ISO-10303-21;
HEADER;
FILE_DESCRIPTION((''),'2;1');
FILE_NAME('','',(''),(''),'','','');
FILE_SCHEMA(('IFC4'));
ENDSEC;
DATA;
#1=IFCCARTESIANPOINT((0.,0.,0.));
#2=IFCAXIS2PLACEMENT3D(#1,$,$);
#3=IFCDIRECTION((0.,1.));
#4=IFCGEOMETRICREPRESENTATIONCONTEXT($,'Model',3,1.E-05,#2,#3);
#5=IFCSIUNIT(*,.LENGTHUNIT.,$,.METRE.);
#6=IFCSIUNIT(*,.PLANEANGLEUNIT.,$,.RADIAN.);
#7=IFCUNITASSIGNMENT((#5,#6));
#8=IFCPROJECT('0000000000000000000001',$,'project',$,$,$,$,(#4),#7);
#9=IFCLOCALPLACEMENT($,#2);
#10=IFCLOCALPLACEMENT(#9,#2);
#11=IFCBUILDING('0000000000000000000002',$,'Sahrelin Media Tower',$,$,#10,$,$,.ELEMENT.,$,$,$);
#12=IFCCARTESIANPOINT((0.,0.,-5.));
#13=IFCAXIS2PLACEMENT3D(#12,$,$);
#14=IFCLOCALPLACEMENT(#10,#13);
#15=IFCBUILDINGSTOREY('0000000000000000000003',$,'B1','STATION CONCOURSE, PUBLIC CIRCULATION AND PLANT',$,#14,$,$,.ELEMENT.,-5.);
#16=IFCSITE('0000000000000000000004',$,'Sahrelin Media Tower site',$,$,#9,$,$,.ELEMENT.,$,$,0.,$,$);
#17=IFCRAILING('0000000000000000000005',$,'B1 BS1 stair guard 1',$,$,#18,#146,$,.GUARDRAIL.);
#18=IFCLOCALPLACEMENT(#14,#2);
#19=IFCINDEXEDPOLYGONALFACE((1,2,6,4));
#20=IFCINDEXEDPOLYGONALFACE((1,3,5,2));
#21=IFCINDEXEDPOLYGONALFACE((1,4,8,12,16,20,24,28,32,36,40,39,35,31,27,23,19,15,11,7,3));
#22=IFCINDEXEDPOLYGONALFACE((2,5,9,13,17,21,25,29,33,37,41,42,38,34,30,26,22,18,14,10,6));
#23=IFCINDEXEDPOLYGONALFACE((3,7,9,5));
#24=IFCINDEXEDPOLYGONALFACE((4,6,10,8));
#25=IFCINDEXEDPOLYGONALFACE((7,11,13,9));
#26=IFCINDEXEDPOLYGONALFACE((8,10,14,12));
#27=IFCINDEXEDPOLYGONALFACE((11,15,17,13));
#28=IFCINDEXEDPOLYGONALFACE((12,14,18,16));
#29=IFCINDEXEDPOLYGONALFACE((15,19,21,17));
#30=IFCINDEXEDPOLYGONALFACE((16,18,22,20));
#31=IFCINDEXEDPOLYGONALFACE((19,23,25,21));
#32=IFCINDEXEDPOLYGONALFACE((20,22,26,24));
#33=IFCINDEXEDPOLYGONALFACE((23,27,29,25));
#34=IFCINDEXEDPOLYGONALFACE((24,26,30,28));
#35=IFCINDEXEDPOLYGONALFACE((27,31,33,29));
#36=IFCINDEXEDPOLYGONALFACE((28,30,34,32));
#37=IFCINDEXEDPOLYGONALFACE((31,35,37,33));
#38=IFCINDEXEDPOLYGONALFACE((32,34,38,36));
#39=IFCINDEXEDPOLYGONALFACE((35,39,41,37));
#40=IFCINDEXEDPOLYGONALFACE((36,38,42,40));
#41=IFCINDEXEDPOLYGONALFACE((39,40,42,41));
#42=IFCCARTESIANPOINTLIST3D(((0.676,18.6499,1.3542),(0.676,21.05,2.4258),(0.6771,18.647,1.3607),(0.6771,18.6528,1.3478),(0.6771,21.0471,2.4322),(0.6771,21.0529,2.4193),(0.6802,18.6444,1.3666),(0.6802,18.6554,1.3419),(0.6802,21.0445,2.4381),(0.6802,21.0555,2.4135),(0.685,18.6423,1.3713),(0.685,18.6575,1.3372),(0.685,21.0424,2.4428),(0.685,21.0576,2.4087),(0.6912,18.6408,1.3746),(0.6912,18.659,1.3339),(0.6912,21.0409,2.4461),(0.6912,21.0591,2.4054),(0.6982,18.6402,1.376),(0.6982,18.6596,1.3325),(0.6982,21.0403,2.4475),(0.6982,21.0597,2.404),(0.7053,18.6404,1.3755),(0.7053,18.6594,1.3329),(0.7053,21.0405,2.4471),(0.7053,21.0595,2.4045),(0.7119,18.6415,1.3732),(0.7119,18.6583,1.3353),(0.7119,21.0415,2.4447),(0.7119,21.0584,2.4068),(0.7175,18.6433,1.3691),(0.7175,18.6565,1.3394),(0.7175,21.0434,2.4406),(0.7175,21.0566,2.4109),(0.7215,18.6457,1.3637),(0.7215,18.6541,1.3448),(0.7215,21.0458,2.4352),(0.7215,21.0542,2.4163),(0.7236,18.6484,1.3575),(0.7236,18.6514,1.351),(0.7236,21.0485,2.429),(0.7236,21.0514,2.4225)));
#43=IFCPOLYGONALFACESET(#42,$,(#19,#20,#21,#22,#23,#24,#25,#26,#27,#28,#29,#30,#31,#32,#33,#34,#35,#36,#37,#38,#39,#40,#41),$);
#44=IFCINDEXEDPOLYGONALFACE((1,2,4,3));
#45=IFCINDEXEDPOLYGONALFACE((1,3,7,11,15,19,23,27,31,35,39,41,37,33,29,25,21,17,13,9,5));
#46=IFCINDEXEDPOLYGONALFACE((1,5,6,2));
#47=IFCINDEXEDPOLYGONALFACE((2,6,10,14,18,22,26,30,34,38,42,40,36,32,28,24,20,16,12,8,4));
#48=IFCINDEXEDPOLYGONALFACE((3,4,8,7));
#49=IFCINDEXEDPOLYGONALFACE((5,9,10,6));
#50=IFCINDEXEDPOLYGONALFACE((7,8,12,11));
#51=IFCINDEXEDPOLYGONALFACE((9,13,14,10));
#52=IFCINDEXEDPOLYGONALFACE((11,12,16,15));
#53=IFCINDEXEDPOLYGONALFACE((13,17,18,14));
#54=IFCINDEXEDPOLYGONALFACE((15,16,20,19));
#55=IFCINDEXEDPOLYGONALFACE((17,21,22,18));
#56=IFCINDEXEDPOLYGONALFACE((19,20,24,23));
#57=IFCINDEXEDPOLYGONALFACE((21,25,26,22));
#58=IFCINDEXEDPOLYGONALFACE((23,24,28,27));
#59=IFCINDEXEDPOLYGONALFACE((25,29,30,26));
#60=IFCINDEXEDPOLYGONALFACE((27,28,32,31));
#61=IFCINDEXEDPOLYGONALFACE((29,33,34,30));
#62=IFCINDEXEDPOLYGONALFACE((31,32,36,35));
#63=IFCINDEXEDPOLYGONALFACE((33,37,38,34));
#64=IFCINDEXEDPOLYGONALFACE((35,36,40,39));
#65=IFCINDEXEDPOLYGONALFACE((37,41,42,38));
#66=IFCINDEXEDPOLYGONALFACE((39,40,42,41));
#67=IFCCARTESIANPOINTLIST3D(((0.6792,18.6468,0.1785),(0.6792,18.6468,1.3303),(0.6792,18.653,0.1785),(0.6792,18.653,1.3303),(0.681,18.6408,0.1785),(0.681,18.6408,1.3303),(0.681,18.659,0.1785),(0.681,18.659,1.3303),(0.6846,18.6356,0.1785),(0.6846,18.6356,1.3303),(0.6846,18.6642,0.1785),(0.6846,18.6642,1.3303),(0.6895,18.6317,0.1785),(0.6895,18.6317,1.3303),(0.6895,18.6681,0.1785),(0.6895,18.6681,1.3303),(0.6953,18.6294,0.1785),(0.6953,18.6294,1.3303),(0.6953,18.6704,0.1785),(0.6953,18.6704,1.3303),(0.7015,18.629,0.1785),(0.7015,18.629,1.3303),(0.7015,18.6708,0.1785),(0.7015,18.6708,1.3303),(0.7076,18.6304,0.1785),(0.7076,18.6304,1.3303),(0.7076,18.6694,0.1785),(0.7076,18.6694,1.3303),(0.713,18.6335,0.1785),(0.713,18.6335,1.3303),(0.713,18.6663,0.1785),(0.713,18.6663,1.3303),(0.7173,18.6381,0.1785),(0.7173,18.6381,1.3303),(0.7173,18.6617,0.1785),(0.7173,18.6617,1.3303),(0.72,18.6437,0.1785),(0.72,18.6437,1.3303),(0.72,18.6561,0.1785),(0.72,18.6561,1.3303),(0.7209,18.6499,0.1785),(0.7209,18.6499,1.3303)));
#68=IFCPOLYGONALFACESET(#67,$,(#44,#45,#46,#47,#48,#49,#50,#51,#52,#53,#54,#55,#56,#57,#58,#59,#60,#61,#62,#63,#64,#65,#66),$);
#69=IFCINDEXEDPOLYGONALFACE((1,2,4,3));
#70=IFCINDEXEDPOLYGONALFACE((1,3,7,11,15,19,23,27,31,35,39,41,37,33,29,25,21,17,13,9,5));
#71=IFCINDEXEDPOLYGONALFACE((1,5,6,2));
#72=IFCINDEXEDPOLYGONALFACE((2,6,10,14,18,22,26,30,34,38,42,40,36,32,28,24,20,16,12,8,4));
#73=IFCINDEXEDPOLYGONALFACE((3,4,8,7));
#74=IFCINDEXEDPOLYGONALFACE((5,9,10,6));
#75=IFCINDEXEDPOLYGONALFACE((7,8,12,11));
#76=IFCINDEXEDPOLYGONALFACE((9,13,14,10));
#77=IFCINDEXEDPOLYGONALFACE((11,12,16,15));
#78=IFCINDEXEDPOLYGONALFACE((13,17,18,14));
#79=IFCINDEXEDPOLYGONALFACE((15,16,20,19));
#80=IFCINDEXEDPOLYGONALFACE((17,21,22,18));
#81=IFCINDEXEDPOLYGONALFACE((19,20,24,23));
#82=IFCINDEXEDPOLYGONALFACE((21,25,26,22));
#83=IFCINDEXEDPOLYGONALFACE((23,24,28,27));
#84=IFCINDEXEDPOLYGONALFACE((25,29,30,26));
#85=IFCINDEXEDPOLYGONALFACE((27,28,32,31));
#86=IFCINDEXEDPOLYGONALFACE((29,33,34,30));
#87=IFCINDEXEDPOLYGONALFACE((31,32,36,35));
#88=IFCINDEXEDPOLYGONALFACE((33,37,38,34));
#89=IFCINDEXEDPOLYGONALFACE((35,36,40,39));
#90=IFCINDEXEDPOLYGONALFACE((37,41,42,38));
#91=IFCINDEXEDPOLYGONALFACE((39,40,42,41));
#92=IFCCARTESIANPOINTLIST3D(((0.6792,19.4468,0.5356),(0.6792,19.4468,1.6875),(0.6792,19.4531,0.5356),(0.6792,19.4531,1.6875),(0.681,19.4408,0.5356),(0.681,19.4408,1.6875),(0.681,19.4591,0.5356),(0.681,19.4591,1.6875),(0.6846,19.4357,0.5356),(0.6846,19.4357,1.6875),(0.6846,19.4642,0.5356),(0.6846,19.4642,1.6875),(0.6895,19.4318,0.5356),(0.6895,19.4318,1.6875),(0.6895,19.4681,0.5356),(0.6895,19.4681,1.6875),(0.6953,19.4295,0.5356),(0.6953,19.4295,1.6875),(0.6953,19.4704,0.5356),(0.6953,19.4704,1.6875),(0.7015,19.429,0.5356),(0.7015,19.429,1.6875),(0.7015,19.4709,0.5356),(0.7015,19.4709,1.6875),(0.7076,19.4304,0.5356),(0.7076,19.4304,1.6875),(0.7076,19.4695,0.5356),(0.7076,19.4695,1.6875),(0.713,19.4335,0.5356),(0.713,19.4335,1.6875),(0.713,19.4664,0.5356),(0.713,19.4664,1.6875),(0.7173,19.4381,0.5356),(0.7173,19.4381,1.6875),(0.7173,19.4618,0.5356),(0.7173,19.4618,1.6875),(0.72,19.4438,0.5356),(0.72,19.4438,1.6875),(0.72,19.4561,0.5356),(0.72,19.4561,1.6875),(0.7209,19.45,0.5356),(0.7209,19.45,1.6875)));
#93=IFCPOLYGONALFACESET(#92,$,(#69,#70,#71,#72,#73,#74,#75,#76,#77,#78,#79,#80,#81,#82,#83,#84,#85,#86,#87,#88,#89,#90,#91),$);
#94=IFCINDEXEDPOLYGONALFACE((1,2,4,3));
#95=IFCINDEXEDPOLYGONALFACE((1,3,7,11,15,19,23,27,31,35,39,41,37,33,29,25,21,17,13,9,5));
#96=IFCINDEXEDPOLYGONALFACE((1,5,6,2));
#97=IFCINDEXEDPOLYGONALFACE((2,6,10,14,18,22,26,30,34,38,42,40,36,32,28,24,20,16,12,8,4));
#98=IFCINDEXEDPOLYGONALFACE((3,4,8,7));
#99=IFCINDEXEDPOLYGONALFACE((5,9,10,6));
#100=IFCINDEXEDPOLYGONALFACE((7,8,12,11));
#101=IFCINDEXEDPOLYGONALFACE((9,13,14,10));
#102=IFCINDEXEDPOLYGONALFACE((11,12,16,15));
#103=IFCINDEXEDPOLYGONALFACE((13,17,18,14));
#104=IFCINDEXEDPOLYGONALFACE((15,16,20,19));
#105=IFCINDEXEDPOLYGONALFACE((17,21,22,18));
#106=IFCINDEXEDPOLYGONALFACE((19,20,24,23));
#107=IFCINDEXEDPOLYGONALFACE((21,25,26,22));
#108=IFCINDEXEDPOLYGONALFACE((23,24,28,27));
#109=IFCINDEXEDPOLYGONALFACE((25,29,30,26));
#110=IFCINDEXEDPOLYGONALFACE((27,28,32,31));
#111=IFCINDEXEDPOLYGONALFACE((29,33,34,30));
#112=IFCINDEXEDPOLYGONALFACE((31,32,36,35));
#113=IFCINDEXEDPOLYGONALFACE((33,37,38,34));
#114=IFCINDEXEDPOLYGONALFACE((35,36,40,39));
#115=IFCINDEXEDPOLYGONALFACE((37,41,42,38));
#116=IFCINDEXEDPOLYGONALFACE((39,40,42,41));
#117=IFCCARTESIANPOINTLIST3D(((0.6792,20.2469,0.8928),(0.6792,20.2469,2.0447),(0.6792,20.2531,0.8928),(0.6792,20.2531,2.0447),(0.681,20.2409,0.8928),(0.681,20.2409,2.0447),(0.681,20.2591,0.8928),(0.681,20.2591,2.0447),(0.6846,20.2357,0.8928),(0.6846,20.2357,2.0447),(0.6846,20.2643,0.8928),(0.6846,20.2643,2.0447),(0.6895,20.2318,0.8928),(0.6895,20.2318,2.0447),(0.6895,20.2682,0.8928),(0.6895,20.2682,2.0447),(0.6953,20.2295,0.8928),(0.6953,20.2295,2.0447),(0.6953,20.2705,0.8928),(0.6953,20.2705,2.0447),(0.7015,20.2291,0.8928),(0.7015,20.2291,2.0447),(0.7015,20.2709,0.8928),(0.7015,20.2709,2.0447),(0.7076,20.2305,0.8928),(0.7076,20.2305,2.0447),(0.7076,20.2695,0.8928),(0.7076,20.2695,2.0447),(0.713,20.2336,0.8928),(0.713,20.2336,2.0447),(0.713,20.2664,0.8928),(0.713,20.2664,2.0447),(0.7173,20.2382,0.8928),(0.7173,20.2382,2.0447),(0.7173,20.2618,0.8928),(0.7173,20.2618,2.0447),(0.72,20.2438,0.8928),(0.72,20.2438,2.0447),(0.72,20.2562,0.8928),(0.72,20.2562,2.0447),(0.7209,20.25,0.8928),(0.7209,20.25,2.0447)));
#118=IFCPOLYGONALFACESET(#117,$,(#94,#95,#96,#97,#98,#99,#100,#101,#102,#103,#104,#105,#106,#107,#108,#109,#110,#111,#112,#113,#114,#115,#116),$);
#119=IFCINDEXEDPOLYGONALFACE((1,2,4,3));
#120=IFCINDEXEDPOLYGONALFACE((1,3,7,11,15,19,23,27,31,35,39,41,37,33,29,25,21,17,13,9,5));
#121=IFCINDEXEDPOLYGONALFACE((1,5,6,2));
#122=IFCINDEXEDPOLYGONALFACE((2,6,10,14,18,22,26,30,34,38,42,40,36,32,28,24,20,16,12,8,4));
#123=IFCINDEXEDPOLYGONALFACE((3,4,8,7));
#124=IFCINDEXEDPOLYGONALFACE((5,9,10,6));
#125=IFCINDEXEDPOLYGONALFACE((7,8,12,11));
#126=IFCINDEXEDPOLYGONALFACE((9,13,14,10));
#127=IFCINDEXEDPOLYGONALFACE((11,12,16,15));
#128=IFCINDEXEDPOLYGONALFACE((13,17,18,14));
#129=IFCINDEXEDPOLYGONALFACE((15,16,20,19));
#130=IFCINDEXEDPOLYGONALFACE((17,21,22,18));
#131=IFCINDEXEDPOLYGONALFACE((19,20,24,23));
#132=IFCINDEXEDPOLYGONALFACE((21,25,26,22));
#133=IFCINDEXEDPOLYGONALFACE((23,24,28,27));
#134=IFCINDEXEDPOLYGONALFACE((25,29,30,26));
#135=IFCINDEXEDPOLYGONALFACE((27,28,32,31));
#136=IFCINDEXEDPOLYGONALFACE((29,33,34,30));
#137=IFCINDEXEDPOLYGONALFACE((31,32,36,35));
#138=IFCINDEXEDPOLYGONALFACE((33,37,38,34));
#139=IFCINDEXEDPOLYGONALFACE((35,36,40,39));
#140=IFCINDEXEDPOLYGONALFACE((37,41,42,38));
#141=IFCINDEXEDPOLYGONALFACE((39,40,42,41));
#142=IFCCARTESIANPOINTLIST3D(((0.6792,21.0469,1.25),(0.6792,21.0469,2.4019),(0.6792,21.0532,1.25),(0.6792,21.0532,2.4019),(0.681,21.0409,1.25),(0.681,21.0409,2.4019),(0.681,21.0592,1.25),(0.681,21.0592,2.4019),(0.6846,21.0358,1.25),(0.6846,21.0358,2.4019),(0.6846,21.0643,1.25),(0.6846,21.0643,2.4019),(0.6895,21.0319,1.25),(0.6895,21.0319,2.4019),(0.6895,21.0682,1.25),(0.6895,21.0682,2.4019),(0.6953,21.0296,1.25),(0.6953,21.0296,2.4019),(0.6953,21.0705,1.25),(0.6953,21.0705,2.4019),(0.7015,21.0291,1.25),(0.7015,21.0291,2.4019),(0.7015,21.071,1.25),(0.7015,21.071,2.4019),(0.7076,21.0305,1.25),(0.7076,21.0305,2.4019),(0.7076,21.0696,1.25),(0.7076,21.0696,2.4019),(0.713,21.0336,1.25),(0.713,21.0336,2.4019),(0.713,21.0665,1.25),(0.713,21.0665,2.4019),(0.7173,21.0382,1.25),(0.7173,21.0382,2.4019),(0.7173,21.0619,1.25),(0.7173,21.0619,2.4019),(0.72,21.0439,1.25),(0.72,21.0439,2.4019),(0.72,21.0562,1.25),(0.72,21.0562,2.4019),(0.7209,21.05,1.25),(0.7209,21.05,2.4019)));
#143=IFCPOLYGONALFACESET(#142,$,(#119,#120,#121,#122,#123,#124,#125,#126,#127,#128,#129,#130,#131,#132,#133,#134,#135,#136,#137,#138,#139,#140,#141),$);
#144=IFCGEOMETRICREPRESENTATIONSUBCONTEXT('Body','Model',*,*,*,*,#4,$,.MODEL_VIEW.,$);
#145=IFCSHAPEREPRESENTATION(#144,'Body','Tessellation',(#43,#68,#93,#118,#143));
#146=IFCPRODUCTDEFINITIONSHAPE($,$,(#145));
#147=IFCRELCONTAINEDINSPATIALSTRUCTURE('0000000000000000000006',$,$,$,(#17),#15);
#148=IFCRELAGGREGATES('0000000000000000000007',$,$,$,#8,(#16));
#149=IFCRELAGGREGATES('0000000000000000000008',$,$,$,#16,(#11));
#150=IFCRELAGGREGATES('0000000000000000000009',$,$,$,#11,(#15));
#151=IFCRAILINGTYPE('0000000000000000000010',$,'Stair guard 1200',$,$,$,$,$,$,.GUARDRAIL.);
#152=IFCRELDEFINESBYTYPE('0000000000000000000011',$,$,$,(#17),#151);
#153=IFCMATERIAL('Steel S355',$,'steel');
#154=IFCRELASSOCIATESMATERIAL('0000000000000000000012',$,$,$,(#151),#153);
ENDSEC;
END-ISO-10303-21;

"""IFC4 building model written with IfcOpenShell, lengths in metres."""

from ifc_helpers import new_model, si_unit, direction, frame, origin, origin_2d, place, context, subcontext, project, spatial, circle, extrude, material, type_object, element, save


model = new_model("IFC4")

# Units and contexts
model_context = context("Model", 3, precision=1e-05, world=origin(), true_north=direction((0.0, 1.0)))
body_context = subcontext(model_context, "Body", "Model", "MODEL_VIEW")
ifc_project = project(units=[si_unit("LENGTHUNIT", "METRE"), si_unit("PLANEANGLEUNIT", "RADIAN")], contexts=[model_context])

# Site, building, storey
site_placement = place(None, origin())
site = spatial("IfcSite", under=ifc_project, at=site_placement, Name="Sahrelin Media Tower site", CompositionType="ELEMENT", RefElevation=0.0)
building_placement = place(site_placement, origin())
building = spatial("IfcBuilding", under=site, at=building_placement, Name="Sahrelin Media Tower", CompositionType="ELEMENT")
storey_placement = place(building_placement, frame((0.0, 0.0, -5.0)))
storey = spatial("IfcBuildingStorey", under=building, at=storey_placement, Name="B1", Description="STATION CONCOURSE, PUBLIC CIRCULATION AND PLANT", CompositionType="ELEMENT", Elevation=-5.0)

# Railing
ifc_material_1 = material(Name="Steel S355", Category="steel")
railing_type_1 = type_object("IfcRailingType", Name="Stair guard 1200", PredefinedType="GUARDRAIL", material=ifc_material_1)
railing_1_placement = place(storey_placement, frame((0.7, 18.6499, 0.1785)))
element("IfcRailing", 1, at=railing_1_placement, inside=storey, type_object=railing_type_1, Name="B1 BS1 stair guard 1", PredefinedType="GUARDRAIL", context=body_context, shape_type="SweptSolid", body=[
    extrude(circle(Radius=0.0239, at=origin_2d()), frame((0.0, 0.0, 1.1758), z_axis=(0.0, 0.913132, 0.407663), x_axis=(-1.0, 0.0, 0.0)), (0.0, 0.0, 1.0), 2.6284),
    extrude(circle(Radius=0.021, at=origin_2d()), origin(), (0.0, 0.0, 1.0), 1.1519),
    extrude(circle(Radius=0.021, at=origin_2d()), frame((0.0, 0.8, 0.3572)), (0.0, 0.0, 1.0), 1.1519),
    extrude(circle(Radius=0.021, at=origin_2d()), frame((0.0, 1.6001, 0.7144)), (0.0, 0.0, 1.0), 1.1519),
    extrude(circle(Radius=0.021, at=origin_2d()), frame((0.0, 2.4001, 1.0715)), (0.0, 0.0, 1.0), 1.1519),
])

save(model, "model.ifc")
